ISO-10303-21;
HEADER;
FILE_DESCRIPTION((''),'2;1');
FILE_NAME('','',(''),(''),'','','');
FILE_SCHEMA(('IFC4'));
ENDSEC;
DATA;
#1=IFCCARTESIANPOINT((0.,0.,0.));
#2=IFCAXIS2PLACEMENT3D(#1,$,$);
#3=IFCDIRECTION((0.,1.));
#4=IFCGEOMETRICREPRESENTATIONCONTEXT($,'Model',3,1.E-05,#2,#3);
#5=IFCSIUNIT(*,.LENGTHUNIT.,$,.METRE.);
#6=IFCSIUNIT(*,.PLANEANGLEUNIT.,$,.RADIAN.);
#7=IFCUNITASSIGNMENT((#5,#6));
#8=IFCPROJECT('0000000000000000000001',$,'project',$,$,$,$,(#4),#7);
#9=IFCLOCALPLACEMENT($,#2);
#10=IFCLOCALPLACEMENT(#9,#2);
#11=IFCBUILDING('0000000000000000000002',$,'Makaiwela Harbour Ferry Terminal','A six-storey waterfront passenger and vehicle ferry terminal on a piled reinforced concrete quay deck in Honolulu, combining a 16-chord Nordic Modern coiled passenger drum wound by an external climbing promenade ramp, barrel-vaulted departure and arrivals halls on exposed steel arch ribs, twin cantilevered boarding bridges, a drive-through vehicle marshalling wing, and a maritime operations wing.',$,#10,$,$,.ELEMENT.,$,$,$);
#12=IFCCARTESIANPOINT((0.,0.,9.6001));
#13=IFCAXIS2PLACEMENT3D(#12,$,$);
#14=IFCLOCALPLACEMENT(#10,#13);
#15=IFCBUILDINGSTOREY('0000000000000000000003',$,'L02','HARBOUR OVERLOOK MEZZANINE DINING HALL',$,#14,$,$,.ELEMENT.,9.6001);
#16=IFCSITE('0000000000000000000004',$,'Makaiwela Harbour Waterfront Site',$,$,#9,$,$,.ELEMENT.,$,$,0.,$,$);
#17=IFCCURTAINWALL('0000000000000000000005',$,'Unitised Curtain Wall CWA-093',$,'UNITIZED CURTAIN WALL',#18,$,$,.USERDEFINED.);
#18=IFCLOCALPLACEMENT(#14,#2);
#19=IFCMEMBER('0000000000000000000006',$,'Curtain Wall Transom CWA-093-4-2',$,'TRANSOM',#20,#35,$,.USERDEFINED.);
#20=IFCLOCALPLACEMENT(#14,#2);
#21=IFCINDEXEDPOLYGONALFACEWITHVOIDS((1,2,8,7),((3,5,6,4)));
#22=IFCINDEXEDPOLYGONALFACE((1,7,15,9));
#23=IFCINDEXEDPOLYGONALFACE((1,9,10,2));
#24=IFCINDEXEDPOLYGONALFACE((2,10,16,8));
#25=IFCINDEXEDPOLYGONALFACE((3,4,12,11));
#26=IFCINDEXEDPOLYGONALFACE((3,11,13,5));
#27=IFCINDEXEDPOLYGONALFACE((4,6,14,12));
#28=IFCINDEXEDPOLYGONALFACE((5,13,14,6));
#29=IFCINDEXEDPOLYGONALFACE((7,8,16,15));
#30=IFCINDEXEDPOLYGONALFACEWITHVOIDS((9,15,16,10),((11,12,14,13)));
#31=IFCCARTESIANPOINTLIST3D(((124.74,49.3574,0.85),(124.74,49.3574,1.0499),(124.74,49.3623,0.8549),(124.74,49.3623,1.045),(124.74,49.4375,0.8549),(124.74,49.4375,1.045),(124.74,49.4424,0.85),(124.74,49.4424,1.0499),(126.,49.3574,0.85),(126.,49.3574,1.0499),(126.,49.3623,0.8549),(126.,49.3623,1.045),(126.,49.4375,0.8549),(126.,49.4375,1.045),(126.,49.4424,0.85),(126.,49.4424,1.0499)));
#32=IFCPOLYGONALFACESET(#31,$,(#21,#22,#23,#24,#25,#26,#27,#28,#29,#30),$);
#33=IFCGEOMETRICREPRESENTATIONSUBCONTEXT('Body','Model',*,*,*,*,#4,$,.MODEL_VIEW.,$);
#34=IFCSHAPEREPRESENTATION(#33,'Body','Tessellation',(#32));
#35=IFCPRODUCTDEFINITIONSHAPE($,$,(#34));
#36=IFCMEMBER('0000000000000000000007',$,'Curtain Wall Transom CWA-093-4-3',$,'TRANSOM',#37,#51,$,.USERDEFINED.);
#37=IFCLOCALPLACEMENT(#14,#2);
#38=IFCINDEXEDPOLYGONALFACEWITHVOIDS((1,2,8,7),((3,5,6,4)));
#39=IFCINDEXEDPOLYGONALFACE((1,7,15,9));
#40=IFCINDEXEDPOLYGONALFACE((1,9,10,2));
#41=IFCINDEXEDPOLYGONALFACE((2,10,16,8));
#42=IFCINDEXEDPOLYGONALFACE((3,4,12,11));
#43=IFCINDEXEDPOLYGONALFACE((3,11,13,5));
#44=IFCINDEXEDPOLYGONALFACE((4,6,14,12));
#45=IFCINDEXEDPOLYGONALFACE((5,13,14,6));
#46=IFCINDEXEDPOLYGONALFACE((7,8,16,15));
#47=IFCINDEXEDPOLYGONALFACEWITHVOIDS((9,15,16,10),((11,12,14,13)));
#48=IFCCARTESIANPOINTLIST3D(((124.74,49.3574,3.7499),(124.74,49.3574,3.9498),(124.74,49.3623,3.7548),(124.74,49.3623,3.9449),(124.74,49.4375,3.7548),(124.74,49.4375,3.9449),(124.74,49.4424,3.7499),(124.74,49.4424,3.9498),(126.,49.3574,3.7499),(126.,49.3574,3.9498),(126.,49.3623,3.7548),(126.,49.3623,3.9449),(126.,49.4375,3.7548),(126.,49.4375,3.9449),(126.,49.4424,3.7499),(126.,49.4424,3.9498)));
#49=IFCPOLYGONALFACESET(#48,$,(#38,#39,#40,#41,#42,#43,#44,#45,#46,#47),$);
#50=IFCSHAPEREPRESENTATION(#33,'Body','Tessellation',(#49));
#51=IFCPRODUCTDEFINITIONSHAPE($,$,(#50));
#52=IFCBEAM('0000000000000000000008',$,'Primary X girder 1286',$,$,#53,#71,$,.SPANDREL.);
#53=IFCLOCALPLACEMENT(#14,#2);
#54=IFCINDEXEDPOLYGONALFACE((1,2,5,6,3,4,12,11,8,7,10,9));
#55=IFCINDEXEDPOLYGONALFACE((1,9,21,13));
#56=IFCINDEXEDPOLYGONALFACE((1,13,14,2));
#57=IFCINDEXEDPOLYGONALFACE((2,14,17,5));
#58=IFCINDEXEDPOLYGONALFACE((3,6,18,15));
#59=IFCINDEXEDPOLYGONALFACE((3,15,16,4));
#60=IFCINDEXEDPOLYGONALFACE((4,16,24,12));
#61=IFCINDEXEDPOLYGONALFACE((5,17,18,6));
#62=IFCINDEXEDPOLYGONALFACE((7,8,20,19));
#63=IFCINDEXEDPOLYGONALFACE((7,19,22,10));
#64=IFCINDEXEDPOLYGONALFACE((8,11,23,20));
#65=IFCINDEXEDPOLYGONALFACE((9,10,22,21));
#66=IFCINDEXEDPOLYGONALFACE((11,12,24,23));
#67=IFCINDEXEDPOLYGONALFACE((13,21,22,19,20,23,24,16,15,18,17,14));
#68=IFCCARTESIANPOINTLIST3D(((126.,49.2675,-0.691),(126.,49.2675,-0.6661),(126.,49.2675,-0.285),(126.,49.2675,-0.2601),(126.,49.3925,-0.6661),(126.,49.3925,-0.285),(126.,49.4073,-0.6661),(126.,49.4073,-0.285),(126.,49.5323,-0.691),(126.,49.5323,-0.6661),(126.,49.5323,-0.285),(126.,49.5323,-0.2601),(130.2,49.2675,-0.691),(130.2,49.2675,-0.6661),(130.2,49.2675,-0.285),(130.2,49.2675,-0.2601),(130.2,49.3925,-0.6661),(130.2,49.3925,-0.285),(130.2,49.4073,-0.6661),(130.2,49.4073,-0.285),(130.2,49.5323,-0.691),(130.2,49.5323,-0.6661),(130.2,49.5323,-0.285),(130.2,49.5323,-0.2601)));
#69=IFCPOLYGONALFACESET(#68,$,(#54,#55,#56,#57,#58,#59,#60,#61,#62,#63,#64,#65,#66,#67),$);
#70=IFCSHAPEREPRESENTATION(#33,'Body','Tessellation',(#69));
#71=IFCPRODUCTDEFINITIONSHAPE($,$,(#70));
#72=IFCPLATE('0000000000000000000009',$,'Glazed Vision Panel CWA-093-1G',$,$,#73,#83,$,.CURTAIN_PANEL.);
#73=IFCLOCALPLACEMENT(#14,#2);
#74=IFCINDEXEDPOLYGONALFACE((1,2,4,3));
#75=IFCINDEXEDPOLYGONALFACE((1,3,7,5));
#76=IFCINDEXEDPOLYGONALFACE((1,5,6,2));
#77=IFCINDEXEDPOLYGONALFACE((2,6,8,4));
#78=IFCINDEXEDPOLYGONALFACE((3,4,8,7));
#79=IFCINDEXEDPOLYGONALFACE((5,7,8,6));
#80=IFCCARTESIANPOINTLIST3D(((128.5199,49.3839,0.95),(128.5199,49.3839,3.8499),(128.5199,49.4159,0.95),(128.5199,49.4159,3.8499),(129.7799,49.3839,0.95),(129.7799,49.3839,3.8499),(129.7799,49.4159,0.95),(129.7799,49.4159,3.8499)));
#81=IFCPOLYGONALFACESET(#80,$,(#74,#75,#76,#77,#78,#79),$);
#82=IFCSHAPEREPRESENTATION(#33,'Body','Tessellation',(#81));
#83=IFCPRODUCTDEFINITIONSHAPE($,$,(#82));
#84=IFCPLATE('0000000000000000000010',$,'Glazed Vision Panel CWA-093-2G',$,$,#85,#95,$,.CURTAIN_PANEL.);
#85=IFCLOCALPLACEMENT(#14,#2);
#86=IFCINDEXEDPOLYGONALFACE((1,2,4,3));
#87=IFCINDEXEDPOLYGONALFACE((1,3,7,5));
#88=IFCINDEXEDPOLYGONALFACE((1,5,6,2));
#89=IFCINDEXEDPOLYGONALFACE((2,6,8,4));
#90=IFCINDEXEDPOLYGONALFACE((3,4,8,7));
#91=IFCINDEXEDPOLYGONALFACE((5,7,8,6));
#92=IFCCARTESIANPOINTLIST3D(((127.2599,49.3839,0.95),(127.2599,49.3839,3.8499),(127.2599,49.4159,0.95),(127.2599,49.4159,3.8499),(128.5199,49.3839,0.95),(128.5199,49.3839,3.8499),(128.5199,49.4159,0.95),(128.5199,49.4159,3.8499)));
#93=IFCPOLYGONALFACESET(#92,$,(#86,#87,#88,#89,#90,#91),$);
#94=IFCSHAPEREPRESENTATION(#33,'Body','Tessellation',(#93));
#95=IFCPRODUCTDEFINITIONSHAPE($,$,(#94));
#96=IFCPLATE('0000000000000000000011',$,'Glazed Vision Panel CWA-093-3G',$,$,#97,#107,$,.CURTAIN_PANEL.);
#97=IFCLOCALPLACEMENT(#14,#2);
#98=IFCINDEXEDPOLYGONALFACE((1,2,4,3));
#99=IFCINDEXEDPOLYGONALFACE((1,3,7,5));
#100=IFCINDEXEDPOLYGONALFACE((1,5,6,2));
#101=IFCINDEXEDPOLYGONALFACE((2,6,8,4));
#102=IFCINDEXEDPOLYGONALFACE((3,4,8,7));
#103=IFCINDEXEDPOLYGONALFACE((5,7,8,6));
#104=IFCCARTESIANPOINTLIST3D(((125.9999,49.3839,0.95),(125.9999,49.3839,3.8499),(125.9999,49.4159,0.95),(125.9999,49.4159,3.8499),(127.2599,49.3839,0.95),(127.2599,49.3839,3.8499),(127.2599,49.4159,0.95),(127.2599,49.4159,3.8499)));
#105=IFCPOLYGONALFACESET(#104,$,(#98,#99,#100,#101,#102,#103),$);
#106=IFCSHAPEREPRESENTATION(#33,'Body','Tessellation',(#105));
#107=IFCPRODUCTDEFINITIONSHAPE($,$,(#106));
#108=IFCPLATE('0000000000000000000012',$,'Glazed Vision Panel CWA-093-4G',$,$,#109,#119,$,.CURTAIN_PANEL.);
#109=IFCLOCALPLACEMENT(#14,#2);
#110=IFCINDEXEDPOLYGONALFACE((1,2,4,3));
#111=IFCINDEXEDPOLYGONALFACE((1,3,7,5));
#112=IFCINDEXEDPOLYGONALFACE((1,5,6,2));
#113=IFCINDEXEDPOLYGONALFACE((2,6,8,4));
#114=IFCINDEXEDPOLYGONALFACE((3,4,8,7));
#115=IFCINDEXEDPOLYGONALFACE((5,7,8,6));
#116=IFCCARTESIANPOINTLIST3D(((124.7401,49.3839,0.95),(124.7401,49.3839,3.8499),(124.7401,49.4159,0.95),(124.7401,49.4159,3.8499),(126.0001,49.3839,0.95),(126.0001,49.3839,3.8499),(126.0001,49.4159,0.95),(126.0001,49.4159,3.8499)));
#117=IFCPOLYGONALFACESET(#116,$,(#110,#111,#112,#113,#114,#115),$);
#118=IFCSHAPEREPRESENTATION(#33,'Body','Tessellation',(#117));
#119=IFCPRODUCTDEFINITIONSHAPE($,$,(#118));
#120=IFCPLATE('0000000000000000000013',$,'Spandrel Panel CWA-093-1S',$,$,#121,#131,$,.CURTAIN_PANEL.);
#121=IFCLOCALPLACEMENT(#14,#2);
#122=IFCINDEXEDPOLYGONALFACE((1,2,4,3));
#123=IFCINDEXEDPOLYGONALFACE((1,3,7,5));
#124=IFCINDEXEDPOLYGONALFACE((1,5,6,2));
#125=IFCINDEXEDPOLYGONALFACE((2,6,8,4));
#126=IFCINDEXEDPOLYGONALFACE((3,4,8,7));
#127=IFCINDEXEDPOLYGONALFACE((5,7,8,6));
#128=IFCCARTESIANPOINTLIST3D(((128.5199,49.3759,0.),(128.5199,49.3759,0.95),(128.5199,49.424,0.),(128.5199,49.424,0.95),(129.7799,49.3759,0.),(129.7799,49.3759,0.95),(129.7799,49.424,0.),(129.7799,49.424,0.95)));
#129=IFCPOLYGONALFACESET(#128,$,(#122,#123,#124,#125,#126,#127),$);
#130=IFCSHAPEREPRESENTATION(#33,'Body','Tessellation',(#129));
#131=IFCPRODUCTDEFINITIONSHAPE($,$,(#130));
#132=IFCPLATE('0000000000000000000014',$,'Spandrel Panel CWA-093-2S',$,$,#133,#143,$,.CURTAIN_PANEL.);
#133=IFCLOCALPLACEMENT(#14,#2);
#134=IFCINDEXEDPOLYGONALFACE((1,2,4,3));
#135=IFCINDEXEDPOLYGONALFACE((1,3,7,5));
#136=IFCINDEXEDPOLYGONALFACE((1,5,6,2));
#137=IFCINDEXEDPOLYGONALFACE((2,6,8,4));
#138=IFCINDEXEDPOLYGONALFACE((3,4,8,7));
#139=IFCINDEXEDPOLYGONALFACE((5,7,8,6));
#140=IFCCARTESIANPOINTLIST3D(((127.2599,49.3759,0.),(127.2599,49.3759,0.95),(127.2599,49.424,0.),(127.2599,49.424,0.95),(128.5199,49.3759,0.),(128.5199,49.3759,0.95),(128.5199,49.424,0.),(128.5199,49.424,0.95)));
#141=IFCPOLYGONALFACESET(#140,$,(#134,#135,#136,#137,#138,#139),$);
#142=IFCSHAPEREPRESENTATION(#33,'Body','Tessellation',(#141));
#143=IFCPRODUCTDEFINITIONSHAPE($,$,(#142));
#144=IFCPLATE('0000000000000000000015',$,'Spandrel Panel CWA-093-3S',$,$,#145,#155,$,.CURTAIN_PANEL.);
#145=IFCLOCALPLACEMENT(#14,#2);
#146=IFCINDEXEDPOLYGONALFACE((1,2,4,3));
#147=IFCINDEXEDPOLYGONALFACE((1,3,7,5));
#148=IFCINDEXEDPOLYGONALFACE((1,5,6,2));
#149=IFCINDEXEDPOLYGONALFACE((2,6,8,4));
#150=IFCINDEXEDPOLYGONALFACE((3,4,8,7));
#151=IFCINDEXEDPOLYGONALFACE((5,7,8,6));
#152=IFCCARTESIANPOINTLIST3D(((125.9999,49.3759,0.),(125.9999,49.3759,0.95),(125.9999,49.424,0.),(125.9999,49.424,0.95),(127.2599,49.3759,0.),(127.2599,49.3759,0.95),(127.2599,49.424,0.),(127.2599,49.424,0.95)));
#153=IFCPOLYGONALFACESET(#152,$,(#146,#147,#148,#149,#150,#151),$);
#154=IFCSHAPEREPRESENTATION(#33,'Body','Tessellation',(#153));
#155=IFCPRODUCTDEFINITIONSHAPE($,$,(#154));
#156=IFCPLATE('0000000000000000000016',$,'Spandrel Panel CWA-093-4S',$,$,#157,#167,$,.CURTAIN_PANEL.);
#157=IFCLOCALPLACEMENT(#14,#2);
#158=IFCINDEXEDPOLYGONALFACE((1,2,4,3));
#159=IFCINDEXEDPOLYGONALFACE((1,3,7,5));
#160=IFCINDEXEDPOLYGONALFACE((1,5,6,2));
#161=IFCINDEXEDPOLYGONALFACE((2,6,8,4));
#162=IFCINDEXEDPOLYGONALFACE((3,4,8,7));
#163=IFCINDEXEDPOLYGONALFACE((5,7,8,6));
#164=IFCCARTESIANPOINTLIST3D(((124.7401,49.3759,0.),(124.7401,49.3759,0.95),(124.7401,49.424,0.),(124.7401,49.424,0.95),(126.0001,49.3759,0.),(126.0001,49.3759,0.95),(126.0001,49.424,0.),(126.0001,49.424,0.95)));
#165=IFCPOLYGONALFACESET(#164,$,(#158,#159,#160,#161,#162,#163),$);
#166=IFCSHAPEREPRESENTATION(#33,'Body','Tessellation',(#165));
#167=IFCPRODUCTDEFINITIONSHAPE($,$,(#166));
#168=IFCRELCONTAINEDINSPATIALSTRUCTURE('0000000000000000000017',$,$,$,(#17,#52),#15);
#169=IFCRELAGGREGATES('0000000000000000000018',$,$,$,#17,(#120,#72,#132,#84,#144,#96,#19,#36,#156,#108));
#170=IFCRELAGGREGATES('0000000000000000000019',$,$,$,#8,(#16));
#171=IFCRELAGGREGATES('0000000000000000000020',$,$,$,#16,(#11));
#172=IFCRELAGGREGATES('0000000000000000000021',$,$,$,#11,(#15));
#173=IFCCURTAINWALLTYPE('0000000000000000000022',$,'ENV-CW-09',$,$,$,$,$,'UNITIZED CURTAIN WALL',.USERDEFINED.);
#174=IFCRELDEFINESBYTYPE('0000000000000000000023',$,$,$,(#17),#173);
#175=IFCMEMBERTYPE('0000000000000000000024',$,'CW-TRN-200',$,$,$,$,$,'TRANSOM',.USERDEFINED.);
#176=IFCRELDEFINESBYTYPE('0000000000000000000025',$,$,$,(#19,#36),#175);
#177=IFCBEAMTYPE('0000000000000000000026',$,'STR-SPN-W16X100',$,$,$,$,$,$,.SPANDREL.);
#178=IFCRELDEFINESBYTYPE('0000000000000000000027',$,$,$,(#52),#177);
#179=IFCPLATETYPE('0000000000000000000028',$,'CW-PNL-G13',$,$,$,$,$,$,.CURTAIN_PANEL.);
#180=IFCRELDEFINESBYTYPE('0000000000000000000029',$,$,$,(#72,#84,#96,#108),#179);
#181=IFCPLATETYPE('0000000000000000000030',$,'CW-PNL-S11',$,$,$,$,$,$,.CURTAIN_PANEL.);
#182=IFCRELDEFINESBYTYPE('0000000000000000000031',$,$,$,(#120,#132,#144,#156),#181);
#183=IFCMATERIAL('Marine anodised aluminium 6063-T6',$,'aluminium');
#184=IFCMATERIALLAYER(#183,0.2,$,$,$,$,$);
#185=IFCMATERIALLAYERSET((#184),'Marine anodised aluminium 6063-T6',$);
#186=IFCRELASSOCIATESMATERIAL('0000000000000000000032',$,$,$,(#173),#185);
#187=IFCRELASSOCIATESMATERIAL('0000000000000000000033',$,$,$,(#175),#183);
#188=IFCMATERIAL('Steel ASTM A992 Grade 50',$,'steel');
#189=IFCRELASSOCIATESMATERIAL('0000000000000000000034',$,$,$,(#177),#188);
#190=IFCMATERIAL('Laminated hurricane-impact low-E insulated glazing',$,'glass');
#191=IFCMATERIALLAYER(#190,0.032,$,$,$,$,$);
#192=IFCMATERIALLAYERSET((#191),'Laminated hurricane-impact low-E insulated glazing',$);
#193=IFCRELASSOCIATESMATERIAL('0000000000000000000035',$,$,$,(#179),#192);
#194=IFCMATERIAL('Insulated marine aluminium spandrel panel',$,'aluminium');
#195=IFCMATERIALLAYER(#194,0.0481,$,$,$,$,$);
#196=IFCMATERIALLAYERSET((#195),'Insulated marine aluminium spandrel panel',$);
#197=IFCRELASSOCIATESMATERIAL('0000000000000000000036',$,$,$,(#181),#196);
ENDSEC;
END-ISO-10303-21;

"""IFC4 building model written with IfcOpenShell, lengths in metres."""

from ifc_helpers import new_model, si_unit, direction, frame, origin, origin_2d, place, context, subcontext, project, spatial, rectangle, hollow_rectangle, i_section, extrude, material, layer, layer_set, material_profile, profile_set, type_object, element, aggregate, save


model = new_model("IFC4")

# Units and contexts
model_context = context("Model", 3, precision=1e-05, world=origin(), true_north=direction((0.0, 1.0)))
body_context = subcontext(model_context, "Body", "Model", "MODEL_VIEW")
ifc_project = project(units=[si_unit("LENGTHUNIT", "METRE"), si_unit("PLANEANGLEUNIT", "RADIAN")], contexts=[model_context])

# Site, building, storey
site_placement = place(None, origin())
site = spatial("IfcSite", under=ifc_project, at=site_placement, Name="Makaiwela Harbour Waterfront Site", CompositionType="ELEMENT", RefElevation=0.0)
building_placement = place(site_placement, origin())
building = spatial("IfcBuilding", under=site, at=building_placement, Name="Makaiwela Harbour Ferry Terminal", Description="A six-storey waterfront passenger and vehicle ferry terminal on a piled reinforced concrete quay deck in Honolulu, combining a 16-chord Nordic Modern coiled passenger drum wound by an external climbing promenade ramp, barrel-vaulted departure and arrivals halls on exposed steel arch ribs, twin cantilevered boarding bridges, a drive-through vehicle marshalling wing, and a maritime operations wing.", CompositionType="ELEMENT")
storey_placement = place(building_placement, frame((0.0, 0.0, 9.6001)))
storey = spatial("IfcBuildingStorey", under=building, at=storey_placement, Name="L02", Description="HARBOUR OVERLOOK MEZZANINE DINING HALL", CompositionType="ELEMENT", Elevation=9.6001)

# Curtain wall, members
ifc_material_1 = material(Name="Marine anodised aluminium 6063-T6", Category="aluminium")
ifc_layer_1 = layer(ifc_material_1, 0.2)
ifc_layer_set_1 = layer_set([ifc_layer_1], Name="Marine anodised aluminium 6063-T6")
curtain_wall_type = type_object("IfcCurtainWallType", Name="ENV-CW-09", ElementType="UNITIZED CURTAIN WALL", PredefinedType="USERDEFINED", material=ifc_layer_set_1)
curtain_wall_placement = place(storey_placement, origin())
curtain_wall = element("IfcCurtainWall", 1, at=curtain_wall_placement, inside=storey, type_object=curtain_wall_type, Name="Unitised Curtain Wall CWA-093", ObjectType="UNITIZED CURTAIN WALL", PredefinedType="USERDEFINED")
ifc_material_profile_1 = material_profile(ifc_material_1, hollow_rectangle(XDim=0.085, YDim=0.2, WallThickness=0.0049, at=origin_2d()), Name="CWT-200X85")
ifc_profile_set_1 = profile_set([ifc_material_profile_1], Name="Marine anodised aluminium 6063-T6")
member_type_1 = type_object("IfcMemberType", Name="CW-TRN-200", ElementType="TRANSOM", PredefinedType="USERDEFINED", material=ifc_profile_set_1)
member_1_placement = place(storey_placement, frame((126.0, 49.3999, 0.95), z_axis=(-1.0, 0.0, 0.0), x_axis=(0.0, -1.0, 0.0)))
member_1 = element("IfcMember", 2, at=member_1_placement, type_object=member_type_1, Name="Curtain Wall Transom CWA-093-4-2", ObjectType="TRANSOM", PredefinedType="USERDEFINED", context=body_context, shape_type="SweptSolid", body=[
    extrude(hollow_rectangle(XDim=0.085, YDim=0.2, WallThickness=0.0049, at=origin_2d()), origin(), (0.0, 0.0, 1.0), 1.26),
])
member_2_placement = place(storey_placement, frame((126.0, 49.3999, 3.8499), z_axis=(-1.0, 0.0, 0.0), x_axis=(0.0, -1.0, 0.0)))
member_2 = element("IfcMember", 3, at=member_2_placement, type_object=member_type_1, Name="Curtain Wall Transom CWA-093-4-3", ObjectType="TRANSOM", PredefinedType="USERDEFINED", context=body_context, shape_type="SweptSolid", body=[
    extrude(hollow_rectangle(XDim=0.085, YDim=0.2, WallThickness=0.0049, at=origin_2d()), origin(), (0.0, 0.0, 1.0), 1.26),
])

# Beam
ifc_material_2 = material(Name="Steel ASTM A992 Grade 50", Category="steel")
ifc_material_profile_2 = material_profile(ifc_material_2, i_section(OverallWidth=0.2649, OverallDepth=0.4309, WebThickness=0.0149, FlangeThickness=0.0249, at=origin_2d()), Name="W16X100")
ifc_profile_set_2 = profile_set([ifc_material_profile_2], Name="Steel ASTM A992 Grade 50")
beam_type = type_object("IfcBeamType", Name="STR-SPN-W16X100", PredefinedType="SPANDREL", material=ifc_profile_set_2)
beam_placement = place(storey_placement, frame((126.0, 49.3999, -0.4756), z_axis=(1.0, 0.0, 0.0), x_axis=(0.0, 1.0, 0.0)))
element("IfcBeam", 4, at=beam_placement, inside=storey, type_object=beam_type, Name="Primary X girder 1286", PredefinedType="SPANDREL", context=body_context, shape_type="SweptSolid", body=[
    extrude(i_section(OverallWidth=0.2649, OverallDepth=0.4309, WebThickness=0.0149, FlangeThickness=0.0249, at=origin_2d()), origin(), (0.0, 0.0, 1.0), 4.2),
])

# Plates
ifc_material_3 = material(Name="Laminated hurricane-impact low-E insulated glazing", Category="glass")
ifc_layer_2 = layer(ifc_material_3, 0.032)
ifc_layer_set_2 = layer_set([ifc_layer_2], Name="Laminated hurricane-impact low-E insulated glazing")
plate_type_1 = type_object("IfcPlateType", Name="CW-PNL-G13", PredefinedType="CURTAIN_PANEL", material=ifc_layer_set_2)
plate_1_placement = place(storey_placement, frame((129.1499, 49.3999, 0.95), z_axis=(0.0, 0.0, 1.0), x_axis=(-1.0, 0.0, 0.0)))
plate_1 = element("IfcPlate", 5, at=plate_1_placement, type_object=plate_type_1, Name="Glazed Vision Panel CWA-093-1G", PredefinedType="CURTAIN_PANEL", context=body_context, shape_type="SweptSolid", body=[
    extrude(rectangle(XDim=1.26, YDim=0.032, at=origin_2d()), origin(), (0.0, 0.0, 1.0), 2.8999),
])
plate_2_placement = place(storey_placement, frame((127.8899, 49.3999, 0.95), z_axis=(0.0, 0.0, 1.0), x_axis=(-1.0, 0.0, 0.0)))
plate_2 = element("IfcPlate", 6, at=plate_2_placement, type_object=plate_type_1, Name="Glazed Vision Panel CWA-093-2G", PredefinedType="CURTAIN_PANEL", context=body_context, shape_type="SweptSolid", body=[
    extrude(rectangle(XDim=1.26, YDim=0.032, at=origin_2d()), origin(), (0.0, 0.0, 1.0), 2.8999),
])
plate_3_placement = place(storey_placement, frame((126.6299, 49.3999, 0.95), z_axis=(0.0, 0.0, 1.0), x_axis=(-1.0, 0.0, 0.0)))
plate_3 = element("IfcPlate", 7, at=plate_3_placement, type_object=plate_type_1, Name="Glazed Vision Panel CWA-093-3G", PredefinedType="CURTAIN_PANEL", context=body_context, shape_type="SweptSolid", body=[
    extrude(rectangle(XDim=1.26, YDim=0.032, at=origin_2d()), origin(), (0.0, 0.0, 1.0), 2.8999),
])
plate_4_placement = place(storey_placement, frame((125.3701, 49.3999, 0.95), z_axis=(0.0, 0.0, 1.0), x_axis=(-1.0, 0.0, 0.0)))
plate_4 = element("IfcPlate", 8, at=plate_4_placement, type_object=plate_type_1, Name="Glazed Vision Panel CWA-093-4G", PredefinedType="CURTAIN_PANEL", context=body_context, shape_type="SweptSolid", body=[
    extrude(rectangle(XDim=1.26, YDim=0.032, at=origin_2d()), origin(), (0.0, 0.0, 1.0), 2.8999),
])
ifc_material_4 = material(Name="Insulated marine aluminium spandrel panel", Category="aluminium")
ifc_layer_3 = layer(ifc_material_4, 0.0481)
ifc_layer_set_3 = layer_set([ifc_layer_3], Name="Insulated marine aluminium spandrel panel")
plate_type_2 = type_object("IfcPlateType", Name="CW-PNL-S11", PredefinedType="CURTAIN_PANEL", material=ifc_layer_set_3)
plate_5_placement = place(storey_placement, frame((129.1499, 49.3999, 0.0), z_axis=(0.0, 0.0, 1.0), x_axis=(-1.0, 0.0, 0.0)))
plate_5 = element("IfcPlate", 9, at=plate_5_placement, type_object=plate_type_2, Name="Spandrel Panel CWA-093-1S", PredefinedType="CURTAIN_PANEL", context=body_context, shape_type="SweptSolid", body=[
    extrude(rectangle(XDim=1.26, YDim=0.0481, at=origin_2d()), origin(), (0.0, 0.0, 1.0), 0.95),
])
plate_6_placement = place(storey_placement, frame((127.8899, 49.3999, 0.0), z_axis=(0.0, 0.0, 1.0), x_axis=(-1.0, 0.0, 0.0)))
plate_6 = element("IfcPlate", 10, at=plate_6_placement, type_object=plate_type_2, Name="Spandrel Panel CWA-093-2S", PredefinedType="CURTAIN_PANEL", context=body_context, shape_type="SweptSolid", body=[
    extrude(rectangle(XDim=1.26, YDim=0.0481, at=origin_2d()), origin(), (0.0, 0.0, 1.0), 0.95),
])
plate_7_placement = place(storey_placement, frame((126.6299, 49.3999, 0.0), z_axis=(0.0, 0.0, 1.0), x_axis=(-1.0, 0.0, 0.0)))
plate_7 = element("IfcPlate", 11, at=plate_7_placement, type_object=plate_type_2, Name="Spandrel Panel CWA-093-3S", PredefinedType="CURTAIN_PANEL", context=body_context, shape_type="SweptSolid", body=[
    extrude(rectangle(XDim=1.26, YDim=0.0481, at=origin_2d()), origin(), (0.0, 0.0, 1.0), 0.95),
])
plate_8_placement = place(storey_placement, frame((125.3701, 49.3999, 0.0), z_axis=(0.0, 0.0, 1.0), x_axis=(-1.0, 0.0, 0.0)))
plate_8 = element("IfcPlate", 12, at=plate_8_placement, type_object=plate_type_2, Name="Spandrel Panel CWA-093-4S", PredefinedType="CURTAIN_PANEL", context=body_context, shape_type="SweptSolid", body=[
    extrude(rectangle(XDim=1.26, YDim=0.0481, at=origin_2d()), origin(), (0.0, 0.0, 1.0), 0.95),
])
aggregate(curtain_wall, [plate_5, plate_1, plate_6, plate_2, plate_7, plate_3, member_1, member_2, plate_8, plate_4])

save(model, "model.ifc")
